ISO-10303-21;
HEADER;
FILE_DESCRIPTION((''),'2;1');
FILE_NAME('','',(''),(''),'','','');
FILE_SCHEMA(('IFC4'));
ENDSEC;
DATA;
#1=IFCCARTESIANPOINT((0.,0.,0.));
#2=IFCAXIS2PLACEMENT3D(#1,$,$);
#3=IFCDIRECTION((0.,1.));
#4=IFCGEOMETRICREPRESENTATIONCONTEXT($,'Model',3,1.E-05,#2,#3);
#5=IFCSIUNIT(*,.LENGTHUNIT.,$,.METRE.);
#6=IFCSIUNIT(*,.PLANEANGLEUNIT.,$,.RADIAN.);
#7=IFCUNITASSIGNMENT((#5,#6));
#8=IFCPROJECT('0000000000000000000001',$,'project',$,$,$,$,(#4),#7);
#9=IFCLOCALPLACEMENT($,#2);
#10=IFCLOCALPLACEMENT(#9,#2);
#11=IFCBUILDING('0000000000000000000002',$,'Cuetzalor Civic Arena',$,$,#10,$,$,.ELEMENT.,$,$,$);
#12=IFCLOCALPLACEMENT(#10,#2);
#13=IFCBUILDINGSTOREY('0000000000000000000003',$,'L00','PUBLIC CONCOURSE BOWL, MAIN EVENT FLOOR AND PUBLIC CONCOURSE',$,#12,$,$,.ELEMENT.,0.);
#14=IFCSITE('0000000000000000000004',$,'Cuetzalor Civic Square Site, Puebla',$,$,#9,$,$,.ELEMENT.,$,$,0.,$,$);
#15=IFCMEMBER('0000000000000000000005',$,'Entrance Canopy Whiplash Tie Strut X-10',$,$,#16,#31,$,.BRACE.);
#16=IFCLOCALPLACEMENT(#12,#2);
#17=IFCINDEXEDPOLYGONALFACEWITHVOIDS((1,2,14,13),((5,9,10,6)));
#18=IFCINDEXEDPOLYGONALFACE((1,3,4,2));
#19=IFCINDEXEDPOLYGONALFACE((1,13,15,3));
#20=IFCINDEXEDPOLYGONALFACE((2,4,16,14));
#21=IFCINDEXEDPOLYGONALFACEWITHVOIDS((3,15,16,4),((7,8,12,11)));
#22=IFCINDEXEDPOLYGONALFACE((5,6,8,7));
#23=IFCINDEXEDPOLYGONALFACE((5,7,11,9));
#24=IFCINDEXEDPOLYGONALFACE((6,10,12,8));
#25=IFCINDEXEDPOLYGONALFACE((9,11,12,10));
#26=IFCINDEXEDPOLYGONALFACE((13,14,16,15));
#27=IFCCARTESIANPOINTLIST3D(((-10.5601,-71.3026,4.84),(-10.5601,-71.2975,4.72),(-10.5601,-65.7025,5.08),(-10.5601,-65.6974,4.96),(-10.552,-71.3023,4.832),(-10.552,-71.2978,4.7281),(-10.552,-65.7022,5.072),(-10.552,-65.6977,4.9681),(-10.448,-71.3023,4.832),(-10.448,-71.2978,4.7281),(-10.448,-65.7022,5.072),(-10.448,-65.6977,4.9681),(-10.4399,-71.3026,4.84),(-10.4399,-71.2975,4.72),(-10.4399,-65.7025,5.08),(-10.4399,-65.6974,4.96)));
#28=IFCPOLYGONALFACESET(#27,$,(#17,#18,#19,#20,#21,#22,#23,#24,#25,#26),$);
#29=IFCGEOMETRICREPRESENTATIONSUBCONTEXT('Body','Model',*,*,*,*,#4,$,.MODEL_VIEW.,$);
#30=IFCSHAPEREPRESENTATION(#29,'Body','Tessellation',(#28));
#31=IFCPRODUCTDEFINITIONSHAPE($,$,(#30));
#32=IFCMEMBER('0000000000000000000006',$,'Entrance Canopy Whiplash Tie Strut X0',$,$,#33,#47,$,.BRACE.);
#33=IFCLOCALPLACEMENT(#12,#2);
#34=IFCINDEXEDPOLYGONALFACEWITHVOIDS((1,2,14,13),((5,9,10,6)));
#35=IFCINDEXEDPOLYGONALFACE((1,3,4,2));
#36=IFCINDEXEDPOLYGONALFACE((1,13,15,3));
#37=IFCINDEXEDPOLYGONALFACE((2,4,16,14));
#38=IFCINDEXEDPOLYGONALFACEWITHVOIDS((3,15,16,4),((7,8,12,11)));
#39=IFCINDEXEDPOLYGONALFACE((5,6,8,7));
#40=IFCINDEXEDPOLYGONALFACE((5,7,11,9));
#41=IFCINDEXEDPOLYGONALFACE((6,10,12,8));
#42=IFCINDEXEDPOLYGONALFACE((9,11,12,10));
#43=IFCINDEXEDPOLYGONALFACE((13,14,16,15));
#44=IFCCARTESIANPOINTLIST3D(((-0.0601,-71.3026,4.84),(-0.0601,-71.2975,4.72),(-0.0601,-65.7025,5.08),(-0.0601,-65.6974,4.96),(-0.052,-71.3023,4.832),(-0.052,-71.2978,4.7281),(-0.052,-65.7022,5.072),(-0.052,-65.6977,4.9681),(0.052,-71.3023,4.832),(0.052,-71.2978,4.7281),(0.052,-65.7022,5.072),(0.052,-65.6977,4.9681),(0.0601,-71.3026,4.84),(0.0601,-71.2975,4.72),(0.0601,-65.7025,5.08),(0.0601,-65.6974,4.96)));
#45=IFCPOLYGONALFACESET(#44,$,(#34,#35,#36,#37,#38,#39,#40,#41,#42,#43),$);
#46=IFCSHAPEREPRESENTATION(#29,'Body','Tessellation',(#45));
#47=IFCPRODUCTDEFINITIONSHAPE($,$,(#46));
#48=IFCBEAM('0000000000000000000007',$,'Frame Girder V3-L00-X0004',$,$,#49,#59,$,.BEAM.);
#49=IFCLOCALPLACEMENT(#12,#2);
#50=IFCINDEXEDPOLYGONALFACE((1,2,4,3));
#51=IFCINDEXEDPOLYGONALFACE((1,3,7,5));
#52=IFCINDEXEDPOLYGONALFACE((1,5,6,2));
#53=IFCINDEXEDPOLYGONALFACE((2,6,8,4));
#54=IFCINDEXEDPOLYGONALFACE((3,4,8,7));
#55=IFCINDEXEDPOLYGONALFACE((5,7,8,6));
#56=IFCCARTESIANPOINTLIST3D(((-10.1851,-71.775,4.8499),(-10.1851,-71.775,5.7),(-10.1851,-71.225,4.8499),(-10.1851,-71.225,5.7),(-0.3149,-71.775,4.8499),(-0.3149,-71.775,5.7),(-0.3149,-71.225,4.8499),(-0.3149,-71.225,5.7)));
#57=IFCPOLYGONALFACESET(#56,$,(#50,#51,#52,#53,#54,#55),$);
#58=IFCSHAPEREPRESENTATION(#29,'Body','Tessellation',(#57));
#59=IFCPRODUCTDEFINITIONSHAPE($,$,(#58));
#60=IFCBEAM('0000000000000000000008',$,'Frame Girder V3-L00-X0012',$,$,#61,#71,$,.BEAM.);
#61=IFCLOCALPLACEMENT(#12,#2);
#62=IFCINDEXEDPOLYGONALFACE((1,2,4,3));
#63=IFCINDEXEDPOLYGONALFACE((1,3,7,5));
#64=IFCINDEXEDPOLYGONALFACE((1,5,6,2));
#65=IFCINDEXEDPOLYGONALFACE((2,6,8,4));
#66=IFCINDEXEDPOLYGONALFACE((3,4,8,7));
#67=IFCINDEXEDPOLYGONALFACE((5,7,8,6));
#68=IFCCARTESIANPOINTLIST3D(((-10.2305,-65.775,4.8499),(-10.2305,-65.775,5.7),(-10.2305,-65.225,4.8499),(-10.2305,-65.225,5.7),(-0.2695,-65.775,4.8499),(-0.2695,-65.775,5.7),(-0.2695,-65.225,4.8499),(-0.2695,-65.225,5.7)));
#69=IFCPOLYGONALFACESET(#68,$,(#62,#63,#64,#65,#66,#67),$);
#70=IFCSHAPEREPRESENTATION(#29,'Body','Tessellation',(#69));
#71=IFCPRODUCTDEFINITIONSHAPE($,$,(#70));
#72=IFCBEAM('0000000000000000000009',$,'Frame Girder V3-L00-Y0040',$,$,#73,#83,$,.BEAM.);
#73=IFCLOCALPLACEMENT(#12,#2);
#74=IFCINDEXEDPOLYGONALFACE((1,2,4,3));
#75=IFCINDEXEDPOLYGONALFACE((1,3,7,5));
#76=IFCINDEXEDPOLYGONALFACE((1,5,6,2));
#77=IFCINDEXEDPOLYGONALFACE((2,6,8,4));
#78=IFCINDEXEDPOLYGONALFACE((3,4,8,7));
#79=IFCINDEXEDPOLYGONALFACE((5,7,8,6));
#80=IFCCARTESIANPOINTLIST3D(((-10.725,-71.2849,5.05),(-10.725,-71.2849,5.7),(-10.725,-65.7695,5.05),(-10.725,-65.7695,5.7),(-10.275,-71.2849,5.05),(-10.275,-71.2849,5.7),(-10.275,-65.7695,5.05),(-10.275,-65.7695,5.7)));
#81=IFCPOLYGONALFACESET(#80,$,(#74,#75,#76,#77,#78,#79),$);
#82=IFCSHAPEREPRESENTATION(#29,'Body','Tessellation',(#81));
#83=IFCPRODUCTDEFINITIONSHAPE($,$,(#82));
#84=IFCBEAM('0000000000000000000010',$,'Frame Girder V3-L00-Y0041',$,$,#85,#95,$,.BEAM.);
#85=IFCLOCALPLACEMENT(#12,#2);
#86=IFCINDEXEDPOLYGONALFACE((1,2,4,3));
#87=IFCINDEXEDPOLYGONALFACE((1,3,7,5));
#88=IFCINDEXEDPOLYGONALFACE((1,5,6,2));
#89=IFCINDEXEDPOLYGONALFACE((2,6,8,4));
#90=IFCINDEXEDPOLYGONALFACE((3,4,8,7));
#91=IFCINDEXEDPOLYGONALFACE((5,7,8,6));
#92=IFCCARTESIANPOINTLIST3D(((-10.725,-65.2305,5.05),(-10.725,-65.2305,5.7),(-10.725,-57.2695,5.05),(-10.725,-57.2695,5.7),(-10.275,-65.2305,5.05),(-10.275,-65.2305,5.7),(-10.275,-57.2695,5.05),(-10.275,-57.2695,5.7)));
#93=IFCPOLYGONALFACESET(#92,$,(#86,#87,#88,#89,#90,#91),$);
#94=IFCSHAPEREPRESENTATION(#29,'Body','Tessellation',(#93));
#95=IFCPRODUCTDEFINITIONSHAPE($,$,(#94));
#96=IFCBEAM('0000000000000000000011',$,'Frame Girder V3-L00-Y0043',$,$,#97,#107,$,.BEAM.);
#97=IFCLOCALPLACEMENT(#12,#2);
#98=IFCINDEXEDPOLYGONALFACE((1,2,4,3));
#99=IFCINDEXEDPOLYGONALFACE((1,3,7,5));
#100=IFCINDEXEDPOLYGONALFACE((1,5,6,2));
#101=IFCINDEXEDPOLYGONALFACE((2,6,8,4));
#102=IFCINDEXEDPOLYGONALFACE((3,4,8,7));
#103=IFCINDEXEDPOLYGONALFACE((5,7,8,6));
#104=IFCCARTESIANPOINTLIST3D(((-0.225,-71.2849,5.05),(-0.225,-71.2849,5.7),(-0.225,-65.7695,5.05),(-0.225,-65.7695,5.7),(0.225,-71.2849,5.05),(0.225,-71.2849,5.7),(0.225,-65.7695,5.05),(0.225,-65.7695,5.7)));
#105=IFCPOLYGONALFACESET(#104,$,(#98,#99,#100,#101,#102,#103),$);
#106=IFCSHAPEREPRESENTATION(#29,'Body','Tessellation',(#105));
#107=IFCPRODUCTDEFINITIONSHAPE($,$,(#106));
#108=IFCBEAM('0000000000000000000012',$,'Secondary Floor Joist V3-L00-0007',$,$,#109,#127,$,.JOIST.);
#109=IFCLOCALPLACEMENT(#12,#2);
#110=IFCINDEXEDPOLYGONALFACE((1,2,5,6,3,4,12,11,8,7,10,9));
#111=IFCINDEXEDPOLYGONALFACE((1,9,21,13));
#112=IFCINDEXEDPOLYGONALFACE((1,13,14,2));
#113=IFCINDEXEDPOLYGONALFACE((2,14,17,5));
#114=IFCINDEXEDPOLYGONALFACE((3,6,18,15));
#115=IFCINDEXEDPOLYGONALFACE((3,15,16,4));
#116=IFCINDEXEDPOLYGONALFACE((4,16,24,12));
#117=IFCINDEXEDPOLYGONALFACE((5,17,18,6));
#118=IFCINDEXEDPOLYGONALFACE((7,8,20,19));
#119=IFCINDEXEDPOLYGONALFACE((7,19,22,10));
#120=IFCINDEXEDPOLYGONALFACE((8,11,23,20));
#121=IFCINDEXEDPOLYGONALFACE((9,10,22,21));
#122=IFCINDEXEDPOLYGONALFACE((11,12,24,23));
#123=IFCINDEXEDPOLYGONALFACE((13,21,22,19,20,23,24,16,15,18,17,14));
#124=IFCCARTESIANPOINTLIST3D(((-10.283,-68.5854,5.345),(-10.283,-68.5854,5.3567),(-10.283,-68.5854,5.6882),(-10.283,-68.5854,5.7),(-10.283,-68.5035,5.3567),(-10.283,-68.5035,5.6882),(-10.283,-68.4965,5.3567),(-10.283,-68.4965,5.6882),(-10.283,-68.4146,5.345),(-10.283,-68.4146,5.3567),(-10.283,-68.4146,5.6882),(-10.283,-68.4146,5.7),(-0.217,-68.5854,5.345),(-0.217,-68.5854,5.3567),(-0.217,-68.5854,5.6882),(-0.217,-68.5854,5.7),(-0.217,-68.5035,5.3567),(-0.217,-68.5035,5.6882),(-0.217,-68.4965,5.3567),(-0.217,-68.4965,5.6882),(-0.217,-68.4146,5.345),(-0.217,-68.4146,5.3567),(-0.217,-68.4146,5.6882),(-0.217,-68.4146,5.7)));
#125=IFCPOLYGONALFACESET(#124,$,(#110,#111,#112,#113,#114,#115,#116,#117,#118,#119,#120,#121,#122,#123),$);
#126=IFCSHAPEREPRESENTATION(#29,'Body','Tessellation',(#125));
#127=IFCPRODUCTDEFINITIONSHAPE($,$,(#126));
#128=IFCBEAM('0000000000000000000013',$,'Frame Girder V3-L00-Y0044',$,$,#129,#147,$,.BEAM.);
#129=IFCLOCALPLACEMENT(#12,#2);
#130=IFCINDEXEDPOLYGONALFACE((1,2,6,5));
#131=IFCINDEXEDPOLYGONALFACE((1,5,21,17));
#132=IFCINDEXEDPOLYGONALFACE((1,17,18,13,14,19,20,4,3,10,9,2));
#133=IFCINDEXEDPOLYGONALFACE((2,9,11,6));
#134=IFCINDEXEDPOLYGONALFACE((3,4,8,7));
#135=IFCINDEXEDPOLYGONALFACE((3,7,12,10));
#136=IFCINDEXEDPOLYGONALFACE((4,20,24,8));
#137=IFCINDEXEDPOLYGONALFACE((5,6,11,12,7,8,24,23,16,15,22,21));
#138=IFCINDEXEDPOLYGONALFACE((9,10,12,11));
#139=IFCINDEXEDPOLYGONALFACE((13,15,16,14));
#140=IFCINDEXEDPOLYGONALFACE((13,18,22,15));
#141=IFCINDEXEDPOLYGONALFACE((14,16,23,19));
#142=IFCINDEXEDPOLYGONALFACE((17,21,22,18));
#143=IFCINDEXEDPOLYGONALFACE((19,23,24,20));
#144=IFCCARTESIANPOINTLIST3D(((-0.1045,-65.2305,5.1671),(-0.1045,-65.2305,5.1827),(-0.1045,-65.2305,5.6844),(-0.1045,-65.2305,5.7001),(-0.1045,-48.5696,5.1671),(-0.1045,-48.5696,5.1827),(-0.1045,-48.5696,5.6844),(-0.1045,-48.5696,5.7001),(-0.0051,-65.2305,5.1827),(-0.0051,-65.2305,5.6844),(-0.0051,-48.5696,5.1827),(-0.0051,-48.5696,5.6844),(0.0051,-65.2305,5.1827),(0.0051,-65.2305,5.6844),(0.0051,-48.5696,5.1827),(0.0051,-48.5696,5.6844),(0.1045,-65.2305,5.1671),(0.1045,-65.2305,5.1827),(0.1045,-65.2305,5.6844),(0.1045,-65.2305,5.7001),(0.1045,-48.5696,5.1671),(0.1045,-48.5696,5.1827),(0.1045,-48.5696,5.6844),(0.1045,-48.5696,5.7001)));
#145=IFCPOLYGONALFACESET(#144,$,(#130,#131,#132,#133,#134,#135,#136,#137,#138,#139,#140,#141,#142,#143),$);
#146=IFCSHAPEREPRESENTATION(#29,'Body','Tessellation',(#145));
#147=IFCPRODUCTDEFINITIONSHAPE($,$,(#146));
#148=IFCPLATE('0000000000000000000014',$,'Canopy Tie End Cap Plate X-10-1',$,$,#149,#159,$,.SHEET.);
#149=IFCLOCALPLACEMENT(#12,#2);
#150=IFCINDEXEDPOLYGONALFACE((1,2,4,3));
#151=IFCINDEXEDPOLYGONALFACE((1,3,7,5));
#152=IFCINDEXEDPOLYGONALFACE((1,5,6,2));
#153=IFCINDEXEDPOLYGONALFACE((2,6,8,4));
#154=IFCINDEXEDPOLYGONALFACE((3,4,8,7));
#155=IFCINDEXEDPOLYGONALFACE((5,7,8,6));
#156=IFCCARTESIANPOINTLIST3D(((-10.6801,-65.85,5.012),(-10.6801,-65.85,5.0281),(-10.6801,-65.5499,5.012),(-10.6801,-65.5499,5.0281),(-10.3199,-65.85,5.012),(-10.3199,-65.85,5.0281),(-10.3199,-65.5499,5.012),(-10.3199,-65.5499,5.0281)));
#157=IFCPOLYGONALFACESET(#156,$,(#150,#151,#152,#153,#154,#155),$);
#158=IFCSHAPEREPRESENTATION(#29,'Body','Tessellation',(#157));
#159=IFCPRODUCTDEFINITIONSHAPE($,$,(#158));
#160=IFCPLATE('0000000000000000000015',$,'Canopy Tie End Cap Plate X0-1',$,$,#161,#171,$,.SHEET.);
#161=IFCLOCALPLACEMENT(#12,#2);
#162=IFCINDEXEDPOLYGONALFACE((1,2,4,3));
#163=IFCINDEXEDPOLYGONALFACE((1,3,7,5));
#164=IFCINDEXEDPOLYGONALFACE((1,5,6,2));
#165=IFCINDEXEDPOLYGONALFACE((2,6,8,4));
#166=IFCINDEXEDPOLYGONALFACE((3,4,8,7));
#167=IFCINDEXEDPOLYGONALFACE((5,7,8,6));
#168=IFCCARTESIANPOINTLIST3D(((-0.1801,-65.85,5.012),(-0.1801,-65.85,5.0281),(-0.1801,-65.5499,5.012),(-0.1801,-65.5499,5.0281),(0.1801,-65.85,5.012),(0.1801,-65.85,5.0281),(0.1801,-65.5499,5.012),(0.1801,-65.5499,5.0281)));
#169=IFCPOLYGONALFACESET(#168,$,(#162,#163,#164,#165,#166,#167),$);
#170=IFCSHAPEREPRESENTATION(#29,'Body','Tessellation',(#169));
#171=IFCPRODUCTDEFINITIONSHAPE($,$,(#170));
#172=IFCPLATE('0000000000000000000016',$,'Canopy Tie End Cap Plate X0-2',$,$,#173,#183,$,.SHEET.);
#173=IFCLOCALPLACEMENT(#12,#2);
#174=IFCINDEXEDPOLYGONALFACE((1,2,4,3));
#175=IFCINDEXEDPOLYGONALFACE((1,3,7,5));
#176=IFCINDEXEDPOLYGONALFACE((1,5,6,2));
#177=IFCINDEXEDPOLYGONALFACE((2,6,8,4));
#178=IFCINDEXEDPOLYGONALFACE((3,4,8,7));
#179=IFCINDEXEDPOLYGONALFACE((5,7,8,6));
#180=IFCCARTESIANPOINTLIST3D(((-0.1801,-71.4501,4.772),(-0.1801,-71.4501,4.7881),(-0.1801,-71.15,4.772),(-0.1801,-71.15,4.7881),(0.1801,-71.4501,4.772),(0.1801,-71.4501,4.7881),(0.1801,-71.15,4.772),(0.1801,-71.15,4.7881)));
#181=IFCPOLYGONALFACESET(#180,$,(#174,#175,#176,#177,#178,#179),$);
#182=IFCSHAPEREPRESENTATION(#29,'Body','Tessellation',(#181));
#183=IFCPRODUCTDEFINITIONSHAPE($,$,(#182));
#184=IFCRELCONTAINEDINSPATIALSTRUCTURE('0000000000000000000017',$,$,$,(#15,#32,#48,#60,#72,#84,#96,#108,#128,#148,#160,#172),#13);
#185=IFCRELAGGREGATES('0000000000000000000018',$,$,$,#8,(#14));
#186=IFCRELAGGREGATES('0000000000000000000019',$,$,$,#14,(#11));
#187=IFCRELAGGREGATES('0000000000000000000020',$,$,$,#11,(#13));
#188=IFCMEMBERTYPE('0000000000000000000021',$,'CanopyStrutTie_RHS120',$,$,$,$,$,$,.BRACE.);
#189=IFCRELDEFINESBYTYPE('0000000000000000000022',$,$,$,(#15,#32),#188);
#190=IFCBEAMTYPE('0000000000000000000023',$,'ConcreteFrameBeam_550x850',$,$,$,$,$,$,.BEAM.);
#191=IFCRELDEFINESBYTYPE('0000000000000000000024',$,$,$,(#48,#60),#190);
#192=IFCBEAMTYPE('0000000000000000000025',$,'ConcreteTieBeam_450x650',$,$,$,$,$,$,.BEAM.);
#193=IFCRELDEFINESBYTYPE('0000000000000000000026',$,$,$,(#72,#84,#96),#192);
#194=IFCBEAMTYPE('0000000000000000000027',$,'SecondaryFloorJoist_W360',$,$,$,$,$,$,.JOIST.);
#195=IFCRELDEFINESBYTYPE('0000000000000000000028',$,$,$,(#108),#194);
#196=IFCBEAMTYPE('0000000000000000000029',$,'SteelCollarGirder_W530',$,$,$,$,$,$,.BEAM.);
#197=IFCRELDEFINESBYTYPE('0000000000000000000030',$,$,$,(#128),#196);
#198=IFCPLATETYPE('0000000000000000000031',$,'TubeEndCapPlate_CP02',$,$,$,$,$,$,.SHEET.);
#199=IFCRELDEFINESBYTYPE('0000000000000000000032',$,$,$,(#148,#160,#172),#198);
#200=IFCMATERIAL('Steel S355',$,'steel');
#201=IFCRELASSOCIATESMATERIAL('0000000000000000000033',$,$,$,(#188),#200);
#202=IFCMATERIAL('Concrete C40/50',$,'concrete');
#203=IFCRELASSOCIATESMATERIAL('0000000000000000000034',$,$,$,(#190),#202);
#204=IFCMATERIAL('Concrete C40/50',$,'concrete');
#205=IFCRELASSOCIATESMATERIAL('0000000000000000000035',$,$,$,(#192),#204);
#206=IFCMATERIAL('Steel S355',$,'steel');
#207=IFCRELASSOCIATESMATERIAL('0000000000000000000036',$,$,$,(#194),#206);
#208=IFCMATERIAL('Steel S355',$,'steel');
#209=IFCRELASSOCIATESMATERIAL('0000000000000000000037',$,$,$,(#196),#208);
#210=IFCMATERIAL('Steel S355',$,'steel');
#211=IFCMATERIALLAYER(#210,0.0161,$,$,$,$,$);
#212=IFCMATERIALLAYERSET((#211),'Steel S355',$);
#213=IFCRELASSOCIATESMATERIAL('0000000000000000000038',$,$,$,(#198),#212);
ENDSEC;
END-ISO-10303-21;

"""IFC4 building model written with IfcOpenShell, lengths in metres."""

from ifc_helpers import new_model, si_unit, direction, frame, origin, origin_2d, place, context, subcontext, project, spatial, rectangle, hollow_rectangle, i_section, extrude, material, layer, layer_set, material_profile, profile_set, type_object, element, save


model = new_model("IFC4")

# Units and contexts
model_context = context("Model", 3, precision=1e-05, world=origin(), true_north=direction((0.0, 1.0)))
body_context = subcontext(model_context, "Body", "Model", "MODEL_VIEW")
ifc_project = project(units=[si_unit("LENGTHUNIT", "METRE"), si_unit("PLANEANGLEUNIT", "RADIAN")], contexts=[model_context])

# Site, building, storey
site_placement = place(None, origin())
site = spatial("IfcSite", under=ifc_project, at=site_placement, Name="Cuetzalor Civic Square Site, Puebla", CompositionType="ELEMENT", RefElevation=0.0)
building_placement = place(site_placement, origin())
building = spatial("IfcBuilding", under=site, at=building_placement, Name="Cuetzalor Civic Arena", CompositionType="ELEMENT")
storey_placement = place(building_placement, origin())
storey = spatial("IfcBuildingStorey", under=building, at=storey_placement, Name="L00", Description="PUBLIC CONCOURSE BOWL, MAIN EVENT FLOOR AND PUBLIC CONCOURSE", CompositionType="ELEMENT", Elevation=0.0)

# Members
ifc_material_1 = material(Name="Steel S355", Category="steel")
ifc_material_profile_1 = material_profile(ifc_material_1, hollow_rectangle(XDim=0.1201, YDim=0.1201, WallThickness=0.0081, at=origin_2d()), Name="RHS 120x120x8")
ifc_profile_set_1 = profile_set([ifc_material_profile_1], Name="Steel S355")
member_type = type_object("IfcMemberType", Name="CanopyStrutTie_RHS120", PredefinedType="BRACE", material=ifc_profile_set_1)
for number, where, z_axis, x_axis, name in (
    (1, (-10.5, -65.7, 5.02), (0.0, -0.999083, -0.042815), (1.0, 0.0, 0.0), "Entrance Canopy Whiplash Tie Strut X-10"),
    (2, (0.0, -65.7, 5.02), (0.0, -0.999083, -0.042815), (1.0, 0.0, 0.0), "Entrance Canopy Whiplash Tie Strut X0"),
):
    element("IfcMember", number, at=place(storey_placement, frame(where, z_axis=z_axis, x_axis=x_axis)), inside=storey, type_object=member_type, Name=name, PredefinedType="BRACE", context=body_context, shape_type="SweptSolid", body=[
        extrude(hollow_rectangle(XDim=0.1201, YDim=0.1201, WallThickness=0.0081, at=origin_2d()), origin(), (0.0, 0.0, 1.0), 5.6052),
    ])

# Beams
ifc_material_2 = material(Name="Concrete C40/50", Category="concrete")
ifc_material_profile_2 = material_profile(ifc_material_2, rectangle(XDim=0.55, YDim=0.8501, at=origin_2d()), Name="RC 550x850")
ifc_profile_set_2 = profile_set([ifc_material_profile_2], Name="Concrete C40/50")
beam_type_1 = type_object("IfcBeamType", Name="ConcreteFrameBeam_550x850", PredefinedType="BEAM", material=ifc_profile_set_2)
beam_1_placement = place(storey_placement, frame((-10.1851, -71.5, 5.2749), z_axis=(1.0, 0.0, 0.0), x_axis=(0.0, 1.0, 0.0)))
element("IfcBeam", 3, at=beam_1_placement, inside=storey, type_object=beam_type_1, Name="Frame Girder V3-L00-X0004", PredefinedType="BEAM", context=body_context, shape_type="SweptSolid", body=[
    extrude(rectangle(XDim=0.55, YDim=0.8501, at=origin_2d()), origin(), (0.0, 0.0, 1.0), 9.8701),
])
beam_2_placement = place(storey_placement, frame((-10.2305, -65.5, 5.2749), z_axis=(1.0, 0.0, 0.0), x_axis=(0.0, 1.0, 0.0)))
element("IfcBeam", 4, at=beam_2_placement, inside=storey, type_object=beam_type_1, Name="Frame Girder V3-L00-X0012", PredefinedType="BEAM", context=body_context, shape_type="SweptSolid", body=[
    extrude(rectangle(XDim=0.55, YDim=0.8501, at=origin_2d()), origin(), (0.0, 0.0, 1.0), 9.9609),
])
ifc_material_3 = material(Name="Concrete C40/50", Category="concrete")
ifc_material_profile_3 = material_profile(ifc_material_3, rectangle(XDim=0.45, YDim=0.6499, at=origin_2d()), Name="RC 450x650")
ifc_profile_set_3 = profile_set([ifc_material_profile_3], Name="Concrete C40/50")
beam_type_2 = type_object("IfcBeamType", Name="ConcreteTieBeam_450x650", PredefinedType="BEAM", material=ifc_profile_set_3)
beam_3_placement = place(storey_placement, frame((-10.5, -71.2849, 5.375), z_axis=(0.0, 1.0, 0.0), x_axis=(-1.0, 0.0, 0.0)))
element("IfcBeam", 5, at=beam_3_placement, inside=storey, type_object=beam_type_2, Name="Frame Girder V3-L00-Y0040", PredefinedType="BEAM", context=body_context, shape_type="SweptSolid", body=[
    extrude(rectangle(XDim=0.45, YDim=0.6499, at=origin_2d()), origin(), (0.0, 0.0, 1.0), 5.5154),
])
beam_4_placement = place(storey_placement, frame((-10.5, -65.2305, 5.375), z_axis=(0.0, 1.0, 0.0), x_axis=(-1.0, 0.0, 0.0)))
element("IfcBeam", 6, at=beam_4_placement, inside=storey, type_object=beam_type_2, Name="Frame Girder V3-L00-Y0041", PredefinedType="BEAM", context=body_context, shape_type="SweptSolid", body=[
    extrude(rectangle(XDim=0.45, YDim=0.6499, at=origin_2d()), origin(), (0.0, 0.0, 1.0), 7.9609),
])
beam_5_placement = place(storey_placement, frame((0.0, -71.2849, 5.375), z_axis=(0.0, 1.0, 0.0), x_axis=(-1.0, 0.0, 0.0)))
element("IfcBeam", 7, at=beam_5_placement, inside=storey, type_object=beam_type_2, Name="Frame Girder V3-L00-Y0043", PredefinedType="BEAM", context=body_context, shape_type="SweptSolid", body=[
    extrude(rectangle(XDim=0.45, YDim=0.6499, at=origin_2d()), origin(), (0.0, 0.0, 1.0), 5.5154),
])
ifc_material_4 = material(Name="Steel S355", Category="steel")
ifc_material_profile_4 = material_profile(ifc_material_4, i_section(OverallWidth=0.1709, OverallDepth=0.355, WebThickness=0.0071, FlangeThickness=0.0117, at=origin_2d()), Name="W360x51")
ifc_profile_set_4 = profile_set([ifc_material_profile_4], Name="Steel S355")
beam_type_3 = type_object("IfcBeamType", Name="SecondaryFloorJoist_W360", PredefinedType="JOIST", material=ifc_profile_set_4)
beam_6_placement = place(storey_placement, frame((-10.283, -68.5, 5.5225), z_axis=(1.0, 0.0, 0.0), x_axis=(0.0, 1.0, 0.0)))
element("IfcBeam", 8, at=beam_6_placement, inside=storey, type_object=beam_type_3, Name="Secondary Floor Joist V3-L00-0007", PredefinedType="JOIST", context=body_context, shape_type="SweptSolid", body=[
    extrude(i_section(OverallWidth=0.1709, OverallDepth=0.355, WebThickness=0.0071, FlangeThickness=0.0117, at=origin_2d()), origin(), (0.0, 0.0, 1.0), 10.0659),
])
ifc_material_5 = material(Name="Steel S355", Category="steel")
ifc_material_profile_5 = material_profile(ifc_material_5, i_section(OverallWidth=0.209, OverallDepth=0.533, WebThickness=0.0103, FlangeThickness=0.0156, at=origin_2d()), Name="W530x92")
ifc_profile_set_5 = profile_set([ifc_material_profile_5], Name="Steel S355")
beam_type_4 = type_object("IfcBeamType", Name="SteelCollarGirder_W530", PredefinedType="BEAM", material=ifc_profile_set_5)
beam_7_placement = place(storey_placement, frame((0.0, -65.2305, 5.4336), z_axis=(0.0, 1.0, 0.0), x_axis=(-1.0, 0.0, 0.0)))
element("IfcBeam", 9, at=beam_7_placement, inside=storey, type_object=beam_type_4, Name="Frame Girder V3-L00-Y0044", PredefinedType="BEAM", context=body_context, shape_type="SweptSolid", body=[
    extrude(i_section(OverallWidth=0.209, OverallDepth=0.533, WebThickness=0.0103, FlangeThickness=0.0156, at=origin_2d()), origin(), (0.0, 0.0, 1.0), 16.6609),
])

# Plates
ifc_material_6 = material(Name="Steel S355", Category="steel")
ifc_layer_1 = layer(ifc_material_6, 0.0161)
ifc_layer_set_1 = layer_set([ifc_layer_1], Name="Steel S355")
plate_type = type_object("IfcPlateType", Name="TubeEndCapPlate_CP02", PredefinedType="SHEET", material=ifc_layer_set_1)
for number, where, z_axis, x_axis, name in (
    (10, (-10.5, -65.7, 5.012), (0.0, 0.0, 1.0), (1.0, 0.0, 0.0), "Canopy Tie End Cap Plate X-10-1"),
    (11, (0.0, -65.7, 5.012), (0.0, 0.0, 1.0), (1.0, 0.0, 0.0), "Canopy Tie End Cap Plate X0-1"),
    (12, (0.0, -71.3, 4.772), (0.0, 0.0, 1.0), (1.0, 0.0, 0.0), "Canopy Tie End Cap Plate X0-2"),
):
    element("IfcPlate", number, at=place(storey_placement, frame(where, z_axis=z_axis, x_axis=x_axis)), inside=storey, type_object=plate_type, Name=name, PredefinedType="SHEET", context=body_context, shape_type="SweptSolid", body=[
        extrude(rectangle(XDim=0.3601, YDim=0.3, at=origin_2d()), origin(), (0.0, 0.0, 1.0), 0.0161),
    ])

save(model, "model.ifc")
